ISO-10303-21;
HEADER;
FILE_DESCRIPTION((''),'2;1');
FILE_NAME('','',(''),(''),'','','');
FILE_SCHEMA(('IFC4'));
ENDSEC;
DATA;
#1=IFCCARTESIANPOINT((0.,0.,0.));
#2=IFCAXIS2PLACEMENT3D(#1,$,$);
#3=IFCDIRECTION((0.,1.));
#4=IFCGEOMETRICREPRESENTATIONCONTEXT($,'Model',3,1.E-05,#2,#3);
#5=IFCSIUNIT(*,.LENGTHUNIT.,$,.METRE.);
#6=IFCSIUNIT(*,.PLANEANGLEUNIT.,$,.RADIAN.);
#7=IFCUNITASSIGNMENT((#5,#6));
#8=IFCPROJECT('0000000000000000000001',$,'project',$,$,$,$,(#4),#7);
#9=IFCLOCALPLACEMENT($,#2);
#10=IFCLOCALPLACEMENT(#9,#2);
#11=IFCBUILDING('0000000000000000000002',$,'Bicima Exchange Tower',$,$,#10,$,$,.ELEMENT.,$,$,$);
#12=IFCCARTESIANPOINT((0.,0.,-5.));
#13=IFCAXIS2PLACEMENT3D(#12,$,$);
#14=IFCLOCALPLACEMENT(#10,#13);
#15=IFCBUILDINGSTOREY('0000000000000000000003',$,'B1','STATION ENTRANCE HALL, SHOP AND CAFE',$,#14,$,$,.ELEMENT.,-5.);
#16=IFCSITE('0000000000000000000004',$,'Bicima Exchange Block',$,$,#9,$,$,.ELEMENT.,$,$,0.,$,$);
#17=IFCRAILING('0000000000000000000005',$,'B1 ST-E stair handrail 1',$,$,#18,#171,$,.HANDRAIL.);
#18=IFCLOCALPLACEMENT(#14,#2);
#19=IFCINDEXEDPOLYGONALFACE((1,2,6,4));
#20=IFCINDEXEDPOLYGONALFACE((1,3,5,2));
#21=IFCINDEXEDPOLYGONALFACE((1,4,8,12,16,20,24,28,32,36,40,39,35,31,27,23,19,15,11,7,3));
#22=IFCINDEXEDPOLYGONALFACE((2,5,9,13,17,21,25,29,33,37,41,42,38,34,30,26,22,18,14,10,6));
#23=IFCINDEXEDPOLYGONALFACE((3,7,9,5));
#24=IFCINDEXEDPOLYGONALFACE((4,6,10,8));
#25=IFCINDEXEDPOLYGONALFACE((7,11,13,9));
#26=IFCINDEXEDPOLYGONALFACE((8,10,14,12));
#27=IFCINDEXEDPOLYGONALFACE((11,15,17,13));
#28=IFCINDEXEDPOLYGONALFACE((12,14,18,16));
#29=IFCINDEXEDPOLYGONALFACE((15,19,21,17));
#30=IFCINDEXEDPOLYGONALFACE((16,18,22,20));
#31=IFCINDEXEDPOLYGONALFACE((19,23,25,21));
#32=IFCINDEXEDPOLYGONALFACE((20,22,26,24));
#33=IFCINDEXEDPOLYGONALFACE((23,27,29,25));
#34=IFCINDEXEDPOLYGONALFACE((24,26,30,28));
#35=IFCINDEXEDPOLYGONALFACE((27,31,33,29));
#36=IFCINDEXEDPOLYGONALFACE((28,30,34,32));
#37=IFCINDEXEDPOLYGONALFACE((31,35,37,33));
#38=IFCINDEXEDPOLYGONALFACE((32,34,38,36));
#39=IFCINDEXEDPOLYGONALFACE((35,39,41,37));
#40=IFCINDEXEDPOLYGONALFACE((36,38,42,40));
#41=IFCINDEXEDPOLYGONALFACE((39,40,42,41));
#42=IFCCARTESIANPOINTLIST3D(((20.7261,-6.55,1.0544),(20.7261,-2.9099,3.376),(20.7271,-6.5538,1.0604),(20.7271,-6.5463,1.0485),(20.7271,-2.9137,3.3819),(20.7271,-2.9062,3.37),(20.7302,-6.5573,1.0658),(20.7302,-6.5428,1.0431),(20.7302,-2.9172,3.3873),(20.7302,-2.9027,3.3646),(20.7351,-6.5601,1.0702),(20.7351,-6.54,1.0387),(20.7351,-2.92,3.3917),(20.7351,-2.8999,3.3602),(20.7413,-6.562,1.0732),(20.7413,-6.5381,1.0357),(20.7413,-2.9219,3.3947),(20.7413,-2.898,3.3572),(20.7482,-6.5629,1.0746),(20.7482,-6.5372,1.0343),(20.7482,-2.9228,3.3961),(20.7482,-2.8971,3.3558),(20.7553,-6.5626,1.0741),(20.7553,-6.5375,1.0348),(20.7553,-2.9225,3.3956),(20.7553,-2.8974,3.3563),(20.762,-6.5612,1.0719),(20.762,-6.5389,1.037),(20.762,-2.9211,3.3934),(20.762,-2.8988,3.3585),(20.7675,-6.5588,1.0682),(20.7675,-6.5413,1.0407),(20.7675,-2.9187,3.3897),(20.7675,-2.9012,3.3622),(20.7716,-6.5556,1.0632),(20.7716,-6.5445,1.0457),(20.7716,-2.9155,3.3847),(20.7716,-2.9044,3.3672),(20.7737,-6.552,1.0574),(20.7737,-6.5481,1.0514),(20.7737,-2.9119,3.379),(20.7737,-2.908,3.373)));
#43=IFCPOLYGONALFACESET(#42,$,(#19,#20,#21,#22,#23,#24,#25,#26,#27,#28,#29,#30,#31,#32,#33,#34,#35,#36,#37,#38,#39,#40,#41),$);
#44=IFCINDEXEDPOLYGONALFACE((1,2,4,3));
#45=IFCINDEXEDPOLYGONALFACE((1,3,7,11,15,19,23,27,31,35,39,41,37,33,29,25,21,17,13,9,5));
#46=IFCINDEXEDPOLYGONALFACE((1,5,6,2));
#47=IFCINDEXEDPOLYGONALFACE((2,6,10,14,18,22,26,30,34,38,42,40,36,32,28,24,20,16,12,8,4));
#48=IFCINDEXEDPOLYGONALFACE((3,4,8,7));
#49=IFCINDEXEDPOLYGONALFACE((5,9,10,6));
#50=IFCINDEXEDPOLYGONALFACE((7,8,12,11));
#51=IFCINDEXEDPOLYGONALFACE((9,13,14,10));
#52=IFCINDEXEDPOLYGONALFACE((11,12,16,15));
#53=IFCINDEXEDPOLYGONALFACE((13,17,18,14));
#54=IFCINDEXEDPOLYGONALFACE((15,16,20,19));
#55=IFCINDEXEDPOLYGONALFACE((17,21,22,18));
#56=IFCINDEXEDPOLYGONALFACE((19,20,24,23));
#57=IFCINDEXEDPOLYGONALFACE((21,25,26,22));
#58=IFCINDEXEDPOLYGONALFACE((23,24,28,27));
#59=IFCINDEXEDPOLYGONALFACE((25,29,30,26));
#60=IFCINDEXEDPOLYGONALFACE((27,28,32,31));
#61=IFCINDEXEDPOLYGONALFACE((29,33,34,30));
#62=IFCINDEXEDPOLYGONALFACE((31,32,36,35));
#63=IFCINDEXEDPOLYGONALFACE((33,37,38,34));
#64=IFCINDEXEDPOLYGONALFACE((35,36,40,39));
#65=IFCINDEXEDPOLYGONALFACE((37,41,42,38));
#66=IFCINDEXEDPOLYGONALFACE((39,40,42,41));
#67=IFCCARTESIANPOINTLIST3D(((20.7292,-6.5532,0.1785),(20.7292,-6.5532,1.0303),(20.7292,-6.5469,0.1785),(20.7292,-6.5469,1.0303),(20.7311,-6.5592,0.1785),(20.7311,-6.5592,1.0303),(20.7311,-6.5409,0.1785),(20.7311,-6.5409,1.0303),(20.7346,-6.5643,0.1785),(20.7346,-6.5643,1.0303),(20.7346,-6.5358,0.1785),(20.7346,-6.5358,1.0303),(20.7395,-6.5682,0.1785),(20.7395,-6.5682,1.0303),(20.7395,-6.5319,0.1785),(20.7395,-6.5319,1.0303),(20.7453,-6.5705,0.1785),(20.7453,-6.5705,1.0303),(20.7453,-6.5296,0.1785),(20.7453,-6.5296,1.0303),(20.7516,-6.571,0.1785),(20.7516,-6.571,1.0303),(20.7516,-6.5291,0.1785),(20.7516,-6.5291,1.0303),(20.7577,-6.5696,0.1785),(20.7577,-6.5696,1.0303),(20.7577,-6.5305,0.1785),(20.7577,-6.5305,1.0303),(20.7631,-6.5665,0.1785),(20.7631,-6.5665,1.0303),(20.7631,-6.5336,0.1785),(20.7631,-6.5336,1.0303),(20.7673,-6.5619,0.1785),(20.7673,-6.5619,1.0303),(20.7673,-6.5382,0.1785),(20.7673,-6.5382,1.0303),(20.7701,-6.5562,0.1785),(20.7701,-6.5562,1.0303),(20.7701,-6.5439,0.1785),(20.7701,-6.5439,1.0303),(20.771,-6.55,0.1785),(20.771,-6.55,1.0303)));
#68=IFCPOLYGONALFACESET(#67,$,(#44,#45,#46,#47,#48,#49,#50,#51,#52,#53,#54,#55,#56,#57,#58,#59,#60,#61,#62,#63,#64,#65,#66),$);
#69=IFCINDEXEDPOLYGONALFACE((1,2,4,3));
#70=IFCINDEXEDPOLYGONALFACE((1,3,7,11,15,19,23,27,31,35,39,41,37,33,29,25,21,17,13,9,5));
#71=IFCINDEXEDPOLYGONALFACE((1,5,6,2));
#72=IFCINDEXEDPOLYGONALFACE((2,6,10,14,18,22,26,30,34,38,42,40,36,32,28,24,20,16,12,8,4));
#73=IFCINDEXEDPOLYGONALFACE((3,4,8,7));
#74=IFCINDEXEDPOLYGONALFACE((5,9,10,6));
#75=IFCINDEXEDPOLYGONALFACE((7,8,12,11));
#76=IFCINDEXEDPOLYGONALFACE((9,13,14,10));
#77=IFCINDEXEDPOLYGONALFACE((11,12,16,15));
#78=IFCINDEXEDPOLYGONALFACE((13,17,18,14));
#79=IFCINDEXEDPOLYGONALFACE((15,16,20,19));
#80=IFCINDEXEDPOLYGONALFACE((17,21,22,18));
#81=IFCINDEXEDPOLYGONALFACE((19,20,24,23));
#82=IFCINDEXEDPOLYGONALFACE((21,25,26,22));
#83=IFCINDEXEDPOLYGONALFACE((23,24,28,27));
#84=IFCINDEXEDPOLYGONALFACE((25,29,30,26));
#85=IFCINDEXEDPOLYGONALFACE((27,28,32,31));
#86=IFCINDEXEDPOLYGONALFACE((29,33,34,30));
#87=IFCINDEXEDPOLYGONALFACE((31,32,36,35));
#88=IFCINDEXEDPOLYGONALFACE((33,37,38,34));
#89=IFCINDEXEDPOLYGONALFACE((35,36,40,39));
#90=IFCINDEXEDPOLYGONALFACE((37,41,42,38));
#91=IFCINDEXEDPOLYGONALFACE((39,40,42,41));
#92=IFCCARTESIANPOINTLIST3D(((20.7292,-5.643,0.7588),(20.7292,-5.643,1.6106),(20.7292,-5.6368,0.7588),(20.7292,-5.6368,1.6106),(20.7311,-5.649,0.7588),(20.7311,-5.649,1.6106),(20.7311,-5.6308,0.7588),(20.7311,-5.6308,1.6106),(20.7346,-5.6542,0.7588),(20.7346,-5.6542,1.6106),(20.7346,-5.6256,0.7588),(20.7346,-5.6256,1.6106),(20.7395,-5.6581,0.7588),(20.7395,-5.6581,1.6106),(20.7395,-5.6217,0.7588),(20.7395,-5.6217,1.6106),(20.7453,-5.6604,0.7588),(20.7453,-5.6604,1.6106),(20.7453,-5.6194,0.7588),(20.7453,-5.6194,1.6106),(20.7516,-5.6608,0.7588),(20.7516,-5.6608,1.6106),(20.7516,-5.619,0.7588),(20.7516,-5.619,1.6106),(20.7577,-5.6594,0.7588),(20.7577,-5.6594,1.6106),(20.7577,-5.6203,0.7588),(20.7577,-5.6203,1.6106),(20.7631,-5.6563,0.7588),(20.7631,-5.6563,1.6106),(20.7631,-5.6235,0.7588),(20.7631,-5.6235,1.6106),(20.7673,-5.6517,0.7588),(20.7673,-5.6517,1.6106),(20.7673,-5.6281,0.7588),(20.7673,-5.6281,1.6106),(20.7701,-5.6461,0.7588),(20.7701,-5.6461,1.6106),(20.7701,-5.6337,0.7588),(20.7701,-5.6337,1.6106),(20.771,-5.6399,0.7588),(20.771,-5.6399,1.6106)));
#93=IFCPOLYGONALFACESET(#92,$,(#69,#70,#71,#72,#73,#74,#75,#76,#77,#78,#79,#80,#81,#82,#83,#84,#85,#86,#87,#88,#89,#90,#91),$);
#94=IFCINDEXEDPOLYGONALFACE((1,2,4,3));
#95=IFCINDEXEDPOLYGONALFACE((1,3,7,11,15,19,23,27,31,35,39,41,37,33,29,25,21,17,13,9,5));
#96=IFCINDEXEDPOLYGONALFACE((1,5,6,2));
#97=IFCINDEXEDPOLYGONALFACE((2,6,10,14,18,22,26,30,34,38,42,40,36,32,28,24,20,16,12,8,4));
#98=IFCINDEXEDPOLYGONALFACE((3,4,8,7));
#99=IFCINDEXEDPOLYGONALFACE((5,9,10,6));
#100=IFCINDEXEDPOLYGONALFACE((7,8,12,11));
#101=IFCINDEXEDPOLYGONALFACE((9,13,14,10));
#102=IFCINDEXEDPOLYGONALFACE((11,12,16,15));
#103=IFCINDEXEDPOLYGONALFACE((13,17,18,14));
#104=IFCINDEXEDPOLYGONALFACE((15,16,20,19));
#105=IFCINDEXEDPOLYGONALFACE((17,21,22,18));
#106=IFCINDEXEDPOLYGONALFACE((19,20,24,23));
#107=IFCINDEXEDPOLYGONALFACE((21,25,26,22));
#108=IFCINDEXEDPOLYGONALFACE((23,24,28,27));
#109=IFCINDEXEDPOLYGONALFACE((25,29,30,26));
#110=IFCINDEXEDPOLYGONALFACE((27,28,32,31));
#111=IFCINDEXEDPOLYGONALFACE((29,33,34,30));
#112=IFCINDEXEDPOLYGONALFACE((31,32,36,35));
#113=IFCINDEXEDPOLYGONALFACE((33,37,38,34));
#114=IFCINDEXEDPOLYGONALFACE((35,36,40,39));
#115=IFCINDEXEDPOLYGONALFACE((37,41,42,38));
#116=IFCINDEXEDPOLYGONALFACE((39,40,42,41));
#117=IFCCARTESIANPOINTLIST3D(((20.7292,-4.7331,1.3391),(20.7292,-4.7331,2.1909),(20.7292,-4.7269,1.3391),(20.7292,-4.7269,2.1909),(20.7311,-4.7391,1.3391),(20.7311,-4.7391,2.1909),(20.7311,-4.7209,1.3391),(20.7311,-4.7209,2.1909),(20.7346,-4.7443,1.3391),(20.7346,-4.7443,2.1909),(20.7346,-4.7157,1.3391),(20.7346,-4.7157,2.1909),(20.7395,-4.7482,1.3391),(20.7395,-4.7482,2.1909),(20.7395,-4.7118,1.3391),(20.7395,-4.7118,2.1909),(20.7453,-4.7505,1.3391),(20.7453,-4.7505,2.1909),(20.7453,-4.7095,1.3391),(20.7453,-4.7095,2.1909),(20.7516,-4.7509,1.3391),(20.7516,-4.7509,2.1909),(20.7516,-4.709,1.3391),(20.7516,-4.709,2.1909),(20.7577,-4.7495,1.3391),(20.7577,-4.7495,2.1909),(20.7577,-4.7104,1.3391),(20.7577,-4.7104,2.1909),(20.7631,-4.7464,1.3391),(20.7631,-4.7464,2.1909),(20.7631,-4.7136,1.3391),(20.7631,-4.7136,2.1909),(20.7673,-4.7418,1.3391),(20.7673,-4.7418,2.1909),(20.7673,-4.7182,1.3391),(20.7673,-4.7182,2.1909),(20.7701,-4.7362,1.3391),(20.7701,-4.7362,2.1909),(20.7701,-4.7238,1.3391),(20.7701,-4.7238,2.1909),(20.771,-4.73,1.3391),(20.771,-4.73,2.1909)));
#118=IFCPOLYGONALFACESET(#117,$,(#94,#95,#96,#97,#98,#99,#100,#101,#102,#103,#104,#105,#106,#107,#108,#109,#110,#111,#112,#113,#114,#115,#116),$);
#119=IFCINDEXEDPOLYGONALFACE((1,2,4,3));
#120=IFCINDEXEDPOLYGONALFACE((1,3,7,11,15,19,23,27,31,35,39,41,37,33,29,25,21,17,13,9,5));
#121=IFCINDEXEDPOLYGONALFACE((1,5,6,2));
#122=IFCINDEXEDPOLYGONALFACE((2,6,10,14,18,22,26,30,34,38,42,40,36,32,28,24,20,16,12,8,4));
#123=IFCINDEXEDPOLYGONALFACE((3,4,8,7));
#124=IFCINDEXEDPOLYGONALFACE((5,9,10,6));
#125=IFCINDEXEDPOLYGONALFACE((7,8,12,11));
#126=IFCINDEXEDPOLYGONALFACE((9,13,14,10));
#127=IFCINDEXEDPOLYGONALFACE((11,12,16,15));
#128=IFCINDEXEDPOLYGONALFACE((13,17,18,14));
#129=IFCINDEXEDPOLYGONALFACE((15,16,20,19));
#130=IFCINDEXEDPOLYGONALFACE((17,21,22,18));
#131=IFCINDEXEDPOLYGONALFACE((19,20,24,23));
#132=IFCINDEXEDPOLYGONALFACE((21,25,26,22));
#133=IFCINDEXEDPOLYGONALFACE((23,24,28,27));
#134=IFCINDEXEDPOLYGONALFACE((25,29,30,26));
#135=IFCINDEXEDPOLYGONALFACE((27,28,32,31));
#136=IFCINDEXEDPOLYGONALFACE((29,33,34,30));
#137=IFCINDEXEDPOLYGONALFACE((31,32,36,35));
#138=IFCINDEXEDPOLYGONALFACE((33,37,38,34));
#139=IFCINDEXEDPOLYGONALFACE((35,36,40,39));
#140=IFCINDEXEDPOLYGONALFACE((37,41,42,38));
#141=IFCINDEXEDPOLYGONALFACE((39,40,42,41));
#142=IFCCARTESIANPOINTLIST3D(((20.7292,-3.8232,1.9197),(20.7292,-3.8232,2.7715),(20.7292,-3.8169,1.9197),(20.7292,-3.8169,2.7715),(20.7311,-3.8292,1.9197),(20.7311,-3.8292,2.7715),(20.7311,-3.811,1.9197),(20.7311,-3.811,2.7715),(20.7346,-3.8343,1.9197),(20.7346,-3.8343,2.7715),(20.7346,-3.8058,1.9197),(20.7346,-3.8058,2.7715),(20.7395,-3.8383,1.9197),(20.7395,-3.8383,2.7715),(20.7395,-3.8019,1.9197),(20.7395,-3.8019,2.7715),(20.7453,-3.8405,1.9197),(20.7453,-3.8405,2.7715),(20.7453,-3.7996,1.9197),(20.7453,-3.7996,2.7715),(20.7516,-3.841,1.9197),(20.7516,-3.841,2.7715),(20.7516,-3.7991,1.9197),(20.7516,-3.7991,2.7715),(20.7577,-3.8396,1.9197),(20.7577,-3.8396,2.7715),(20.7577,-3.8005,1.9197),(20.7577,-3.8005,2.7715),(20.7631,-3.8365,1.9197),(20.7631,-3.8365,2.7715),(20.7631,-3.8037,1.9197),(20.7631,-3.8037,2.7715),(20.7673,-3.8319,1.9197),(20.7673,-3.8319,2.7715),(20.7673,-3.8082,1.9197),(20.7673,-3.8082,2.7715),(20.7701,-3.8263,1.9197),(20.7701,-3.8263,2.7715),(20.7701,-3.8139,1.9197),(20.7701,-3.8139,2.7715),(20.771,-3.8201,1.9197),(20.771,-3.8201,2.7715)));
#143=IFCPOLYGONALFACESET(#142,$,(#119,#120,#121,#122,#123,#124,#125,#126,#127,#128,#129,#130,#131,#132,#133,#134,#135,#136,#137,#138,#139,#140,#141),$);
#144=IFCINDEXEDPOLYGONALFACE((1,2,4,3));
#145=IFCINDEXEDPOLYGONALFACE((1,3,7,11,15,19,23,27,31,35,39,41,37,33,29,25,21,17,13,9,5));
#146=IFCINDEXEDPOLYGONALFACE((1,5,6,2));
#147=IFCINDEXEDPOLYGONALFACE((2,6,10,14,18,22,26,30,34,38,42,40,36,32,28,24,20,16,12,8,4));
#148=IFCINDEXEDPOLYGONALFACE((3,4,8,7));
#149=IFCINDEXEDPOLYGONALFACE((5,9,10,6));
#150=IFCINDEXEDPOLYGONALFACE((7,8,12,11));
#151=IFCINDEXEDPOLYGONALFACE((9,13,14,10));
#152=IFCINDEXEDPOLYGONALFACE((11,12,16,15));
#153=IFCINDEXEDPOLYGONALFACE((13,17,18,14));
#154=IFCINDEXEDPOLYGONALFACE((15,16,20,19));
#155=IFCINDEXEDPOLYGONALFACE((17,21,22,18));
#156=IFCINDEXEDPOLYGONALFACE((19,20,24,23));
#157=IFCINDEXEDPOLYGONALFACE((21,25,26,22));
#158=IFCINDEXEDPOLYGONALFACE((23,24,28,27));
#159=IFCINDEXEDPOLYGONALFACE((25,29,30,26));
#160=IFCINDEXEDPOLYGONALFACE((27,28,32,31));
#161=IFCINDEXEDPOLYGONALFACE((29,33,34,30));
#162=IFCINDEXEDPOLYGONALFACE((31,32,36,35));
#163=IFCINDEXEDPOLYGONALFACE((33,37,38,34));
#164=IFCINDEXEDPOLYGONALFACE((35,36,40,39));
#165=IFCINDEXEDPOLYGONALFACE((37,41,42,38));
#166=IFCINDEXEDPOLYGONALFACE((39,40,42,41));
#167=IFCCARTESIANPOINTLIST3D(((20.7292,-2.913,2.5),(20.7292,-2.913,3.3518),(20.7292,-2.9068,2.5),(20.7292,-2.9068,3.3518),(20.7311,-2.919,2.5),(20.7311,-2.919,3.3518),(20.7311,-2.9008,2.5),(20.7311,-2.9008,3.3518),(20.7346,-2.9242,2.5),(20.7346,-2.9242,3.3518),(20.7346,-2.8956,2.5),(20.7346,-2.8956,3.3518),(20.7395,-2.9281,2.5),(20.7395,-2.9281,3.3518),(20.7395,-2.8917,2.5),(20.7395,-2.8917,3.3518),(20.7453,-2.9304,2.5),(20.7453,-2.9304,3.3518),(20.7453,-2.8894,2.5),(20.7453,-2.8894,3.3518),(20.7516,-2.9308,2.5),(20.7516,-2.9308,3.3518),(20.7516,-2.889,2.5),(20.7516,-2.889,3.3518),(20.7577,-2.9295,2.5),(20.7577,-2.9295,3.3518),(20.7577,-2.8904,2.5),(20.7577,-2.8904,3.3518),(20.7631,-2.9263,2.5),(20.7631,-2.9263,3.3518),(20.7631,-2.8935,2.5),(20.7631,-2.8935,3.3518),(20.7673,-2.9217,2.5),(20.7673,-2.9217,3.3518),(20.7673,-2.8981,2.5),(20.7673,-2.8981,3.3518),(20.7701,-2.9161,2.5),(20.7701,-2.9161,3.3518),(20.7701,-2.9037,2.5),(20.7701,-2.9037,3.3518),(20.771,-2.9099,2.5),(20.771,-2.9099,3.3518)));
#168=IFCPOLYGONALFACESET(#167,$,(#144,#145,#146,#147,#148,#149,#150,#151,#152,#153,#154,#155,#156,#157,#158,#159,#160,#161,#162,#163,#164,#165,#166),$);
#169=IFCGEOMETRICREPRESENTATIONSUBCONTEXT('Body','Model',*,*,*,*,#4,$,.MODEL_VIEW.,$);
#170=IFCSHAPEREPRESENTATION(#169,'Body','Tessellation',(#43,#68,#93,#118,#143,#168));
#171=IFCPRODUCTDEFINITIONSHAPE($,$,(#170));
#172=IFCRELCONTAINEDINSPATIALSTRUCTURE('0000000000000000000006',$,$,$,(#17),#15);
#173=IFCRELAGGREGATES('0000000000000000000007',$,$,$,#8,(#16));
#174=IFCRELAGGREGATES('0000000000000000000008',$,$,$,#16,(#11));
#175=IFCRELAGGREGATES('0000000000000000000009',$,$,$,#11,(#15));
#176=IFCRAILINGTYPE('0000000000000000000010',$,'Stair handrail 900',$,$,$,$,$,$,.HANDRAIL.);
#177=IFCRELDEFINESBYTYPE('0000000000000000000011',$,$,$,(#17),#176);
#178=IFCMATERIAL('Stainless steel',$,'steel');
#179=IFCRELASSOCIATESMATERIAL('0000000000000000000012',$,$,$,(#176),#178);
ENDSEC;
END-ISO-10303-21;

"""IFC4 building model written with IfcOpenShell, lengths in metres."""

from ifc_helpers import new_model, si_unit, direction, frame, origin, origin_2d, place, context, subcontext, project, spatial, circle, extrude, material, type_object, element, save


model = new_model("IFC4")

# Units and contexts
model_context = context("Model", 3, precision=1e-05, world=origin(), true_north=direction((0.0, 1.0)))
body_context = subcontext(model_context, "Body", "Model", "MODEL_VIEW")
ifc_project = project(units=[si_unit("LENGTHUNIT", "METRE"), si_unit("PLANEANGLEUNIT", "RADIAN")], contexts=[model_context])

# Site, building, storey
site_placement = place(None, origin())
site = spatial("IfcSite", under=ifc_project, at=site_placement, Name="Bicima Exchange Block", CompositionType="ELEMENT", RefElevation=0.0)
building_placement = place(site_placement, origin())
building = spatial("IfcBuilding", under=site, at=building_placement, Name="Bicima Exchange Tower", CompositionType="ELEMENT")
storey_placement = place(building_placement, frame((0.0, 0.0, -5.0)))
storey = spatial("IfcBuildingStorey", under=building, at=storey_placement, Name="B1", Description="STATION ENTRANCE HALL, SHOP AND CAFE", CompositionType="ELEMENT", Elevation=-5.0)

# Railing
ifc_material_1 = material(Name="Stainless steel", Category="steel")
railing_type = type_object("IfcRailingType", Name="Stair handrail 900", PredefinedType="HANDRAIL", material=ifc_material_1)
for number, where, name in (
    (1, (20.75, -6.55, 0.1785), "B1 ST-E stair handrail 1"),
):
    element("IfcRailing", number, at=place(storey_placement, frame(where)), inside=storey, type_object=railing_type, Name=name, PredefinedType="HANDRAIL", context=body_context, shape_type="SweptSolid", body=[
        extrude(circle(Radius=0.0239, at=origin_2d()), frame((0.0, 0.0, 0.876), z_axis=(0.0, 0.843128, 0.537713), x_axis=(-1.0, 0.0, 0.0)), (0.0, 0.0, 1.0), 4.3174),
        extrude(circle(Radius=0.021, at=origin_2d()), origin(), (0.0, 0.0, 1.0), 0.8518),
        extrude(circle(Radius=0.021, at=origin_2d()), frame((0.0, 0.9102, 0.5803)), (0.0, 0.0, 1.0), 0.8518),
        extrude(circle(Radius=0.021, at=origin_2d()), frame((0.0, 1.8201, 1.1606)), (0.0, 0.0, 1.0), 0.8518),
        extrude(circle(Radius=0.021, at=origin_2d()), frame((0.0, 2.73, 1.7412)), (0.0, 0.0, 1.0), 0.8518),
        extrude(circle(Radius=0.021, at=origin_2d()), frame((0.0, 3.6401, 2.3215)), (0.0, 0.0, 1.0), 0.8518),
    ])

save(model, "model.ifc")
